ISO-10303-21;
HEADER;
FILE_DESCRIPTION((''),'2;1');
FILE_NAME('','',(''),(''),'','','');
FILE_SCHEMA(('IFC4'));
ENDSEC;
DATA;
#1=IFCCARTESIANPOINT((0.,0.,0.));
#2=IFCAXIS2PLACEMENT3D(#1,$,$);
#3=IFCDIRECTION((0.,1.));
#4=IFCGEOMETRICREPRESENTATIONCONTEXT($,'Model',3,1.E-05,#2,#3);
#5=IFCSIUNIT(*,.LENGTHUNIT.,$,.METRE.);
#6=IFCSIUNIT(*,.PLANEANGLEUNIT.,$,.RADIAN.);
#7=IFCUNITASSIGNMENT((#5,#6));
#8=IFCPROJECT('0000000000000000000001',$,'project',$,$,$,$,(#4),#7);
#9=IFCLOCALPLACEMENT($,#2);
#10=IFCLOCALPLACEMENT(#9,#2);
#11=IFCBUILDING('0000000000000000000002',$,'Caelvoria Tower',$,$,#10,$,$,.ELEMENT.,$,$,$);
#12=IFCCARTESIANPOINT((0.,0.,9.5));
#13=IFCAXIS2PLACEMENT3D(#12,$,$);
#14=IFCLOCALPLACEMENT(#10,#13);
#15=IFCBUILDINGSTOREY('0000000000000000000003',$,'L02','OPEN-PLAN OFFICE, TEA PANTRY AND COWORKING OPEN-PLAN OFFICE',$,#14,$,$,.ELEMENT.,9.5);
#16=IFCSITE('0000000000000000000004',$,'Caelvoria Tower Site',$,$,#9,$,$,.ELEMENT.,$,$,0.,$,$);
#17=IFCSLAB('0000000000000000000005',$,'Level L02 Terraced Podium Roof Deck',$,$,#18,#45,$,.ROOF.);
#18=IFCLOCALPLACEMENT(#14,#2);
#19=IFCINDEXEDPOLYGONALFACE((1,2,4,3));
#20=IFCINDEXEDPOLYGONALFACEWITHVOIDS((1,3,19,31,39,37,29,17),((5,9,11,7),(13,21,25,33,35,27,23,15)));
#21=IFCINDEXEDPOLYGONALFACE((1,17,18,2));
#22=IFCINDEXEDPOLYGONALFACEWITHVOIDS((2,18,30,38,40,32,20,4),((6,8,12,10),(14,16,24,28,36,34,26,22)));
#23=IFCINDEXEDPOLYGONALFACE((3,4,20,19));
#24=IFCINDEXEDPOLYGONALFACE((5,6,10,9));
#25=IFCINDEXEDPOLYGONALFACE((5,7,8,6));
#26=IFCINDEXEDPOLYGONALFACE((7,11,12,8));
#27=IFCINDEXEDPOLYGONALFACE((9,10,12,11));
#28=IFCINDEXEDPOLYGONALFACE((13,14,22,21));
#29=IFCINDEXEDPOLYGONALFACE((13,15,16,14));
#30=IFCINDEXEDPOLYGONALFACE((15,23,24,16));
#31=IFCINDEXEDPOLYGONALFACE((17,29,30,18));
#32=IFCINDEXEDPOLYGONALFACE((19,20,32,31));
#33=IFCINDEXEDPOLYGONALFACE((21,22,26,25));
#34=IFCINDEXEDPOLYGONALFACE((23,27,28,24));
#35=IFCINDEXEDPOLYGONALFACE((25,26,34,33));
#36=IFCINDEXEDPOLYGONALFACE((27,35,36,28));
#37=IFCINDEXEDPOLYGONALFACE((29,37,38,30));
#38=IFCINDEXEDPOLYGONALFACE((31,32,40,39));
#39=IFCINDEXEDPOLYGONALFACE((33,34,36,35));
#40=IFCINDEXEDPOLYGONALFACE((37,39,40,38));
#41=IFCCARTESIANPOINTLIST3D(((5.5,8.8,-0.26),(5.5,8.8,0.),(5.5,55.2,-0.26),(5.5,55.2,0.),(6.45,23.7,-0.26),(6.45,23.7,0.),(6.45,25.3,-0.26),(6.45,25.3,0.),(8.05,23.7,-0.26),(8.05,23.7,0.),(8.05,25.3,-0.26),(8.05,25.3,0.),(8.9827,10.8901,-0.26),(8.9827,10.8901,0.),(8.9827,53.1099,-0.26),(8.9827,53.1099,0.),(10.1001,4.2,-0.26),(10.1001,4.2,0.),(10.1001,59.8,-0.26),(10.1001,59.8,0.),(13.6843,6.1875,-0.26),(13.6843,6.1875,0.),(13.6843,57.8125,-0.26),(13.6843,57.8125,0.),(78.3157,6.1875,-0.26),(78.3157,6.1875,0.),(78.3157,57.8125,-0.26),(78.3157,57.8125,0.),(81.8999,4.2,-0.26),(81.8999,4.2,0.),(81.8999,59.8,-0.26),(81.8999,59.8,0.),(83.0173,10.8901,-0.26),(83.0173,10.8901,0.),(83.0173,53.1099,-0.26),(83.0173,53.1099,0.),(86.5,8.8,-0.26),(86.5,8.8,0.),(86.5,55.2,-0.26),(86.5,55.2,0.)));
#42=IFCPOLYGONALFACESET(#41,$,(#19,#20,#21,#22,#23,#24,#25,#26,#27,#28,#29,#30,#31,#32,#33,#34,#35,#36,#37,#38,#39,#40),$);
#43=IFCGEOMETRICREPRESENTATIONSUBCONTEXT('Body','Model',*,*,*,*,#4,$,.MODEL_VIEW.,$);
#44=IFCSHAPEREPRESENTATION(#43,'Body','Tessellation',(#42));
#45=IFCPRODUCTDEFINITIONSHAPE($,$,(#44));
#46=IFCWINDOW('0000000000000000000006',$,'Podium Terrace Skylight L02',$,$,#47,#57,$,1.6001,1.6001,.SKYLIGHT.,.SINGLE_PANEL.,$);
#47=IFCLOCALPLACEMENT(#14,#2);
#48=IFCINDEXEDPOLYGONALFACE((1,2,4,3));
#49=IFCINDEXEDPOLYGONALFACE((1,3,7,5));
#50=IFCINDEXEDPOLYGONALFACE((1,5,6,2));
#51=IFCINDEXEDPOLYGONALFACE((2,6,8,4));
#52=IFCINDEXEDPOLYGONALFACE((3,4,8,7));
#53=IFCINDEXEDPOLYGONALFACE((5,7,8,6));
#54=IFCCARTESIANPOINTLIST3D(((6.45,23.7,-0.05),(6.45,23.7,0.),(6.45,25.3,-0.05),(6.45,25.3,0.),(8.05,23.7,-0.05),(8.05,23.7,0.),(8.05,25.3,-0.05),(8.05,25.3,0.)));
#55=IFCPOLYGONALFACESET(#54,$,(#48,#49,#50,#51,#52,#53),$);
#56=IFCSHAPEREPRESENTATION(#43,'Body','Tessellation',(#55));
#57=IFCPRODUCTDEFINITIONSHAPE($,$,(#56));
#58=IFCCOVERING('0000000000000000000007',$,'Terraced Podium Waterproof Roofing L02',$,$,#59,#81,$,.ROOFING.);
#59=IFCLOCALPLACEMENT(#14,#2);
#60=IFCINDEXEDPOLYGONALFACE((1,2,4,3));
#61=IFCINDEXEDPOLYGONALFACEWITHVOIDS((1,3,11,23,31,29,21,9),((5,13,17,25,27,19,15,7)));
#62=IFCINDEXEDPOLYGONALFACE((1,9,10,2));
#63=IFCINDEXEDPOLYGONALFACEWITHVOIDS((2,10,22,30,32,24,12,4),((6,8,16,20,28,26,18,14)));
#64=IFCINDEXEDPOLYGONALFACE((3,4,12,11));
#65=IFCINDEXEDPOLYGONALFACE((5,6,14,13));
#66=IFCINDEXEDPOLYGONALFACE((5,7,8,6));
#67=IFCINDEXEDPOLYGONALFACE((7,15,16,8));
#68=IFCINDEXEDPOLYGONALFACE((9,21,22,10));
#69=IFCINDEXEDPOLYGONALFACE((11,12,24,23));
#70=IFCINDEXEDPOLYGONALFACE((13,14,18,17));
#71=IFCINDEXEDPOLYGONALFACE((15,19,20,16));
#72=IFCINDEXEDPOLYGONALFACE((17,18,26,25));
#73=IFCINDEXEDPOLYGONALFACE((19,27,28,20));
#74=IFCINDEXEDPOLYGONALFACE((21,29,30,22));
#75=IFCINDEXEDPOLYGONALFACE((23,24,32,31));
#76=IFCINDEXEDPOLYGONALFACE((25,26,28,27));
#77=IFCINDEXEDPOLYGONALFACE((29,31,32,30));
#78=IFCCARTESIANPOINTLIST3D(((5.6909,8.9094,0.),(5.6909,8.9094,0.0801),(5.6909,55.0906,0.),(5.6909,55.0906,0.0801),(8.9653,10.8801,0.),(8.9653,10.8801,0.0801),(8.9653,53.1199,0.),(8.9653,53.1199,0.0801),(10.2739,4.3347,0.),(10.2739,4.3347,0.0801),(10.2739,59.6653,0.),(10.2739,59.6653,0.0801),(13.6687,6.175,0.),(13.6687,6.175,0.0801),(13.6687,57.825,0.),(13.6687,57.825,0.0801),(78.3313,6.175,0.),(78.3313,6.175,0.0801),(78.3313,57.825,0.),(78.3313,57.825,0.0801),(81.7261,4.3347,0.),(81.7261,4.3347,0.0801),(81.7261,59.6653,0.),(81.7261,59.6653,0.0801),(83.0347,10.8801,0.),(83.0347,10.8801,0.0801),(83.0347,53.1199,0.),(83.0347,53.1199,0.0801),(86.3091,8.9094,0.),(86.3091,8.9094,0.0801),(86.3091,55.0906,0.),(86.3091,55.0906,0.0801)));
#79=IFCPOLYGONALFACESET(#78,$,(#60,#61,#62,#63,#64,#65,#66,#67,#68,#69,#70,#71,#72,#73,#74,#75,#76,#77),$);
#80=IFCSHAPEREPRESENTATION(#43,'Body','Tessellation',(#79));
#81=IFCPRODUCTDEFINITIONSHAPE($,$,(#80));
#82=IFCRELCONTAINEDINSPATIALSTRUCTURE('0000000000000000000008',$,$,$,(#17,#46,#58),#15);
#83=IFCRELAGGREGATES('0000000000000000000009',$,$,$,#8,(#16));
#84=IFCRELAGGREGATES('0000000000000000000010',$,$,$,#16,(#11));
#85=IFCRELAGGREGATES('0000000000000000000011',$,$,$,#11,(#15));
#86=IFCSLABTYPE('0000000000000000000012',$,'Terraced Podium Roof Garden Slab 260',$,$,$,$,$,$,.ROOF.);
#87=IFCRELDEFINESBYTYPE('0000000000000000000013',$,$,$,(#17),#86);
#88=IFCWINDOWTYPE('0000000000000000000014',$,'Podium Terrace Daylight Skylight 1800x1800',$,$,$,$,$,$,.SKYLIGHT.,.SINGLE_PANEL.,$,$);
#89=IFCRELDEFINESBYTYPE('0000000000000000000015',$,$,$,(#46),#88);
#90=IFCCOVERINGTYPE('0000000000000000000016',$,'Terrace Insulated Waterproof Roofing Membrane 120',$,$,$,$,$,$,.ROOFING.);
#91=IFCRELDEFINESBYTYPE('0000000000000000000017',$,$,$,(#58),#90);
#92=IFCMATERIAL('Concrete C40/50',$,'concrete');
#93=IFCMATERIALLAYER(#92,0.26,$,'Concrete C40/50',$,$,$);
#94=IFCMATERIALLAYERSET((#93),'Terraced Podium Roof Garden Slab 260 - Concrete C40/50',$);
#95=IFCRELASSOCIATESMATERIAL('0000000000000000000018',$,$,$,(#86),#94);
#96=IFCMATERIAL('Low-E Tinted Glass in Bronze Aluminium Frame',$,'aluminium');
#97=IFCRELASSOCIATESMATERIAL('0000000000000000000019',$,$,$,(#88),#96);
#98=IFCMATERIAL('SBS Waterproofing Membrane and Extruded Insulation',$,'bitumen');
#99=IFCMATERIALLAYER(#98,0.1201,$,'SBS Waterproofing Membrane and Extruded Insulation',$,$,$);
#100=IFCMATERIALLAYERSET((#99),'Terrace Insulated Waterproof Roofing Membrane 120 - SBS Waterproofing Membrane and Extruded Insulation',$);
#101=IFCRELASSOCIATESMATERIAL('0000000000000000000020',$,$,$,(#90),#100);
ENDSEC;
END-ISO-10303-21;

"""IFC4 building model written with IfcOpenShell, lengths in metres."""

from ifc_helpers import new_model, si_unit, direction, frame, origin, origin_2d, place, context, subcontext, project, spatial, polyline, rectangle, outline, extrude, material, layer, layer_set, type_object, element, fill, save


model = new_model("IFC4")

# Units and contexts
model_context = context("Model", 3, precision=1e-05, world=origin(), true_north=direction((0.0, 1.0)))
body_context = subcontext(model_context, "Body", "Model", "MODEL_VIEW")
ifc_project = project(units=[si_unit("LENGTHUNIT", "METRE"), si_unit("PLANEANGLEUNIT", "RADIAN")], contexts=[model_context])

# Site, building, storey
site_placement = place(None, origin())
site = spatial("IfcSite", under=ifc_project, at=site_placement, Name="Caelvoria Tower Site", CompositionType="ELEMENT", RefElevation=0.0)
building_placement = place(site_placement, origin())
building = spatial("IfcBuilding", under=site, at=building_placement, Name="Caelvoria Tower", CompositionType="ELEMENT")
storey_placement = place(building_placement, frame((0.0, 0.0, 9.5)))
storey = spatial("IfcBuildingStorey", under=building, at=storey_placement, Name="L02", Description="OPEN-PLAN OFFICE, TEA PANTRY AND COWORKING OPEN-PLAN OFFICE", CompositionType="ELEMENT", Elevation=9.5)

# Shared definitions
ifc_material_1 = material(Name="Concrete C40/50", Category="concrete")

# Slab, opening, window
ifc_layer_1 = layer(ifc_material_1, 0.26, Name="Concrete C40/50")
ifc_layer_set_1 = layer_set([ifc_layer_1], Name="Terraced Podium Roof Garden Slab 260 - Concrete C40/50")
slab_type_1 = type_object("IfcSlabType", Name="Terraced Podium Roof Garden Slab 260", PredefinedType="ROOF", material=ifc_layer_set_1)
slab_1_placement = place(storey_placement, frame((0.0, 0.0, -0.26)))
slab_1 = element("IfcSlab", 1, at=slab_1_placement, inside=storey, type_object=slab_type_1, Name="Level L02 Terraced Podium Roof Deck", PredefinedType="ROOF", context=body_context, shape_type="SweptSolid", body=[
    extrude(outline(polyline([(10.1001, 4.2), (81.8999, 4.2), (86.5, 8.8), (86.5, 55.2), (81.8999, 59.8), (10.1001, 59.8), (5.5, 55.2), (5.5, 8.8), (10.1001, 4.2)]), holes=[polyline([(13.6843, 6.1875), (78.3157, 6.1875), (83.0173, 10.8901), (83.0173, 53.1099), (78.3157, 57.8125), (13.6843, 57.8125), (8.9827, 53.1099), (8.9827, 10.8901), (13.6843, 6.1875)])]), origin(), (0.0, 0.0, 1.0), 0.26),
])
opening_placement = place(slab_1_placement, frame((7.25, 24.5, 0.0)))
opening = element("IfcOpeningElement", 2, at=opening_placement, cuts=slab_1, PredefinedType="OPENING", context=body_context, shape_type="SweptSolid", body=[
    extrude(rectangle(XDim=1.6001, YDim=1.6001, at=origin_2d()), origin(), (0.0, 0.0, 1.0), 0.26),
])
ifc_material_2 = material(Name="Low-E Tinted Glass in Bronze Aluminium Frame", Category="aluminium")
window_type = type_object("IfcWindowType", Name="Podium Terrace Daylight Skylight 1800x1800", PartitioningType="SINGLE_PANEL", PredefinedType="SKYLIGHT", material=ifc_material_2)
window_placement = place(opening_placement, frame((0.0, 0.0, 0.21)))
window = element("IfcWindow", 3, at=window_placement, inside=storey, type_object=window_type, Name="Podium Terrace Skylight L02", OverallHeight=1.6001, OverallWidth=1.6001, PartitioningType="SINGLE_PANEL", PredefinedType="SKYLIGHT", context=body_context, shape_type="SweptSolid", body=[
    extrude(rectangle(XDim=1.6001, YDim=1.6001, at=origin_2d()), origin(), (0.0, 0.0, 1.0), 0.05),
])
fill(opening, window)

# Covering
ifc_material_3 = material(Name="SBS Waterproofing Membrane and Extruded Insulation", Category="bitumen")
ifc_layer_2 = layer(ifc_material_3, 0.1201, Name="SBS Waterproofing Membrane and Extruded Insulation")
ifc_layer_set_2 = layer_set([ifc_layer_2], Name="Terrace Insulated Waterproof Roofing Membrane 120 - SBS Waterproofing Membrane and Extruded Insulation")
covering_type = type_object("IfcCoveringType", Name="Terrace Insulated Waterproof Roofing Membrane 120", PredefinedType="ROOFING", material=ifc_layer_set_2)
covering_placement = place(storey_placement, origin())
element("IfcCovering", 4, at=covering_placement, inside=storey, type_object=covering_type, Name="Terraced Podium Waterproof Roofing L02", PredefinedType="ROOFING", context=body_context, shape_type="SweptSolid", body=[
    extrude(outline(polyline([(10.2739, 4.3347), (81.7261, 4.3347), (86.3091, 8.9094), (86.3091, 55.0906), (81.7261, 59.6653), (10.2739, 59.6653), (5.6909, 55.0906), (5.6909, 8.9094), (10.2739, 4.3347)]), holes=[polyline([(8.9653, 10.8801), (8.9653, 53.1199), (13.6687, 57.825), (78.3313, 57.825), (83.0347, 53.1199), (83.0347, 10.8801), (78.3313, 6.175), (13.6687, 6.175), (8.9653, 10.8801)])]), origin(), (0.0, 0.0, 1.0), 0.0801),
])

save(model, "model.ifc")
